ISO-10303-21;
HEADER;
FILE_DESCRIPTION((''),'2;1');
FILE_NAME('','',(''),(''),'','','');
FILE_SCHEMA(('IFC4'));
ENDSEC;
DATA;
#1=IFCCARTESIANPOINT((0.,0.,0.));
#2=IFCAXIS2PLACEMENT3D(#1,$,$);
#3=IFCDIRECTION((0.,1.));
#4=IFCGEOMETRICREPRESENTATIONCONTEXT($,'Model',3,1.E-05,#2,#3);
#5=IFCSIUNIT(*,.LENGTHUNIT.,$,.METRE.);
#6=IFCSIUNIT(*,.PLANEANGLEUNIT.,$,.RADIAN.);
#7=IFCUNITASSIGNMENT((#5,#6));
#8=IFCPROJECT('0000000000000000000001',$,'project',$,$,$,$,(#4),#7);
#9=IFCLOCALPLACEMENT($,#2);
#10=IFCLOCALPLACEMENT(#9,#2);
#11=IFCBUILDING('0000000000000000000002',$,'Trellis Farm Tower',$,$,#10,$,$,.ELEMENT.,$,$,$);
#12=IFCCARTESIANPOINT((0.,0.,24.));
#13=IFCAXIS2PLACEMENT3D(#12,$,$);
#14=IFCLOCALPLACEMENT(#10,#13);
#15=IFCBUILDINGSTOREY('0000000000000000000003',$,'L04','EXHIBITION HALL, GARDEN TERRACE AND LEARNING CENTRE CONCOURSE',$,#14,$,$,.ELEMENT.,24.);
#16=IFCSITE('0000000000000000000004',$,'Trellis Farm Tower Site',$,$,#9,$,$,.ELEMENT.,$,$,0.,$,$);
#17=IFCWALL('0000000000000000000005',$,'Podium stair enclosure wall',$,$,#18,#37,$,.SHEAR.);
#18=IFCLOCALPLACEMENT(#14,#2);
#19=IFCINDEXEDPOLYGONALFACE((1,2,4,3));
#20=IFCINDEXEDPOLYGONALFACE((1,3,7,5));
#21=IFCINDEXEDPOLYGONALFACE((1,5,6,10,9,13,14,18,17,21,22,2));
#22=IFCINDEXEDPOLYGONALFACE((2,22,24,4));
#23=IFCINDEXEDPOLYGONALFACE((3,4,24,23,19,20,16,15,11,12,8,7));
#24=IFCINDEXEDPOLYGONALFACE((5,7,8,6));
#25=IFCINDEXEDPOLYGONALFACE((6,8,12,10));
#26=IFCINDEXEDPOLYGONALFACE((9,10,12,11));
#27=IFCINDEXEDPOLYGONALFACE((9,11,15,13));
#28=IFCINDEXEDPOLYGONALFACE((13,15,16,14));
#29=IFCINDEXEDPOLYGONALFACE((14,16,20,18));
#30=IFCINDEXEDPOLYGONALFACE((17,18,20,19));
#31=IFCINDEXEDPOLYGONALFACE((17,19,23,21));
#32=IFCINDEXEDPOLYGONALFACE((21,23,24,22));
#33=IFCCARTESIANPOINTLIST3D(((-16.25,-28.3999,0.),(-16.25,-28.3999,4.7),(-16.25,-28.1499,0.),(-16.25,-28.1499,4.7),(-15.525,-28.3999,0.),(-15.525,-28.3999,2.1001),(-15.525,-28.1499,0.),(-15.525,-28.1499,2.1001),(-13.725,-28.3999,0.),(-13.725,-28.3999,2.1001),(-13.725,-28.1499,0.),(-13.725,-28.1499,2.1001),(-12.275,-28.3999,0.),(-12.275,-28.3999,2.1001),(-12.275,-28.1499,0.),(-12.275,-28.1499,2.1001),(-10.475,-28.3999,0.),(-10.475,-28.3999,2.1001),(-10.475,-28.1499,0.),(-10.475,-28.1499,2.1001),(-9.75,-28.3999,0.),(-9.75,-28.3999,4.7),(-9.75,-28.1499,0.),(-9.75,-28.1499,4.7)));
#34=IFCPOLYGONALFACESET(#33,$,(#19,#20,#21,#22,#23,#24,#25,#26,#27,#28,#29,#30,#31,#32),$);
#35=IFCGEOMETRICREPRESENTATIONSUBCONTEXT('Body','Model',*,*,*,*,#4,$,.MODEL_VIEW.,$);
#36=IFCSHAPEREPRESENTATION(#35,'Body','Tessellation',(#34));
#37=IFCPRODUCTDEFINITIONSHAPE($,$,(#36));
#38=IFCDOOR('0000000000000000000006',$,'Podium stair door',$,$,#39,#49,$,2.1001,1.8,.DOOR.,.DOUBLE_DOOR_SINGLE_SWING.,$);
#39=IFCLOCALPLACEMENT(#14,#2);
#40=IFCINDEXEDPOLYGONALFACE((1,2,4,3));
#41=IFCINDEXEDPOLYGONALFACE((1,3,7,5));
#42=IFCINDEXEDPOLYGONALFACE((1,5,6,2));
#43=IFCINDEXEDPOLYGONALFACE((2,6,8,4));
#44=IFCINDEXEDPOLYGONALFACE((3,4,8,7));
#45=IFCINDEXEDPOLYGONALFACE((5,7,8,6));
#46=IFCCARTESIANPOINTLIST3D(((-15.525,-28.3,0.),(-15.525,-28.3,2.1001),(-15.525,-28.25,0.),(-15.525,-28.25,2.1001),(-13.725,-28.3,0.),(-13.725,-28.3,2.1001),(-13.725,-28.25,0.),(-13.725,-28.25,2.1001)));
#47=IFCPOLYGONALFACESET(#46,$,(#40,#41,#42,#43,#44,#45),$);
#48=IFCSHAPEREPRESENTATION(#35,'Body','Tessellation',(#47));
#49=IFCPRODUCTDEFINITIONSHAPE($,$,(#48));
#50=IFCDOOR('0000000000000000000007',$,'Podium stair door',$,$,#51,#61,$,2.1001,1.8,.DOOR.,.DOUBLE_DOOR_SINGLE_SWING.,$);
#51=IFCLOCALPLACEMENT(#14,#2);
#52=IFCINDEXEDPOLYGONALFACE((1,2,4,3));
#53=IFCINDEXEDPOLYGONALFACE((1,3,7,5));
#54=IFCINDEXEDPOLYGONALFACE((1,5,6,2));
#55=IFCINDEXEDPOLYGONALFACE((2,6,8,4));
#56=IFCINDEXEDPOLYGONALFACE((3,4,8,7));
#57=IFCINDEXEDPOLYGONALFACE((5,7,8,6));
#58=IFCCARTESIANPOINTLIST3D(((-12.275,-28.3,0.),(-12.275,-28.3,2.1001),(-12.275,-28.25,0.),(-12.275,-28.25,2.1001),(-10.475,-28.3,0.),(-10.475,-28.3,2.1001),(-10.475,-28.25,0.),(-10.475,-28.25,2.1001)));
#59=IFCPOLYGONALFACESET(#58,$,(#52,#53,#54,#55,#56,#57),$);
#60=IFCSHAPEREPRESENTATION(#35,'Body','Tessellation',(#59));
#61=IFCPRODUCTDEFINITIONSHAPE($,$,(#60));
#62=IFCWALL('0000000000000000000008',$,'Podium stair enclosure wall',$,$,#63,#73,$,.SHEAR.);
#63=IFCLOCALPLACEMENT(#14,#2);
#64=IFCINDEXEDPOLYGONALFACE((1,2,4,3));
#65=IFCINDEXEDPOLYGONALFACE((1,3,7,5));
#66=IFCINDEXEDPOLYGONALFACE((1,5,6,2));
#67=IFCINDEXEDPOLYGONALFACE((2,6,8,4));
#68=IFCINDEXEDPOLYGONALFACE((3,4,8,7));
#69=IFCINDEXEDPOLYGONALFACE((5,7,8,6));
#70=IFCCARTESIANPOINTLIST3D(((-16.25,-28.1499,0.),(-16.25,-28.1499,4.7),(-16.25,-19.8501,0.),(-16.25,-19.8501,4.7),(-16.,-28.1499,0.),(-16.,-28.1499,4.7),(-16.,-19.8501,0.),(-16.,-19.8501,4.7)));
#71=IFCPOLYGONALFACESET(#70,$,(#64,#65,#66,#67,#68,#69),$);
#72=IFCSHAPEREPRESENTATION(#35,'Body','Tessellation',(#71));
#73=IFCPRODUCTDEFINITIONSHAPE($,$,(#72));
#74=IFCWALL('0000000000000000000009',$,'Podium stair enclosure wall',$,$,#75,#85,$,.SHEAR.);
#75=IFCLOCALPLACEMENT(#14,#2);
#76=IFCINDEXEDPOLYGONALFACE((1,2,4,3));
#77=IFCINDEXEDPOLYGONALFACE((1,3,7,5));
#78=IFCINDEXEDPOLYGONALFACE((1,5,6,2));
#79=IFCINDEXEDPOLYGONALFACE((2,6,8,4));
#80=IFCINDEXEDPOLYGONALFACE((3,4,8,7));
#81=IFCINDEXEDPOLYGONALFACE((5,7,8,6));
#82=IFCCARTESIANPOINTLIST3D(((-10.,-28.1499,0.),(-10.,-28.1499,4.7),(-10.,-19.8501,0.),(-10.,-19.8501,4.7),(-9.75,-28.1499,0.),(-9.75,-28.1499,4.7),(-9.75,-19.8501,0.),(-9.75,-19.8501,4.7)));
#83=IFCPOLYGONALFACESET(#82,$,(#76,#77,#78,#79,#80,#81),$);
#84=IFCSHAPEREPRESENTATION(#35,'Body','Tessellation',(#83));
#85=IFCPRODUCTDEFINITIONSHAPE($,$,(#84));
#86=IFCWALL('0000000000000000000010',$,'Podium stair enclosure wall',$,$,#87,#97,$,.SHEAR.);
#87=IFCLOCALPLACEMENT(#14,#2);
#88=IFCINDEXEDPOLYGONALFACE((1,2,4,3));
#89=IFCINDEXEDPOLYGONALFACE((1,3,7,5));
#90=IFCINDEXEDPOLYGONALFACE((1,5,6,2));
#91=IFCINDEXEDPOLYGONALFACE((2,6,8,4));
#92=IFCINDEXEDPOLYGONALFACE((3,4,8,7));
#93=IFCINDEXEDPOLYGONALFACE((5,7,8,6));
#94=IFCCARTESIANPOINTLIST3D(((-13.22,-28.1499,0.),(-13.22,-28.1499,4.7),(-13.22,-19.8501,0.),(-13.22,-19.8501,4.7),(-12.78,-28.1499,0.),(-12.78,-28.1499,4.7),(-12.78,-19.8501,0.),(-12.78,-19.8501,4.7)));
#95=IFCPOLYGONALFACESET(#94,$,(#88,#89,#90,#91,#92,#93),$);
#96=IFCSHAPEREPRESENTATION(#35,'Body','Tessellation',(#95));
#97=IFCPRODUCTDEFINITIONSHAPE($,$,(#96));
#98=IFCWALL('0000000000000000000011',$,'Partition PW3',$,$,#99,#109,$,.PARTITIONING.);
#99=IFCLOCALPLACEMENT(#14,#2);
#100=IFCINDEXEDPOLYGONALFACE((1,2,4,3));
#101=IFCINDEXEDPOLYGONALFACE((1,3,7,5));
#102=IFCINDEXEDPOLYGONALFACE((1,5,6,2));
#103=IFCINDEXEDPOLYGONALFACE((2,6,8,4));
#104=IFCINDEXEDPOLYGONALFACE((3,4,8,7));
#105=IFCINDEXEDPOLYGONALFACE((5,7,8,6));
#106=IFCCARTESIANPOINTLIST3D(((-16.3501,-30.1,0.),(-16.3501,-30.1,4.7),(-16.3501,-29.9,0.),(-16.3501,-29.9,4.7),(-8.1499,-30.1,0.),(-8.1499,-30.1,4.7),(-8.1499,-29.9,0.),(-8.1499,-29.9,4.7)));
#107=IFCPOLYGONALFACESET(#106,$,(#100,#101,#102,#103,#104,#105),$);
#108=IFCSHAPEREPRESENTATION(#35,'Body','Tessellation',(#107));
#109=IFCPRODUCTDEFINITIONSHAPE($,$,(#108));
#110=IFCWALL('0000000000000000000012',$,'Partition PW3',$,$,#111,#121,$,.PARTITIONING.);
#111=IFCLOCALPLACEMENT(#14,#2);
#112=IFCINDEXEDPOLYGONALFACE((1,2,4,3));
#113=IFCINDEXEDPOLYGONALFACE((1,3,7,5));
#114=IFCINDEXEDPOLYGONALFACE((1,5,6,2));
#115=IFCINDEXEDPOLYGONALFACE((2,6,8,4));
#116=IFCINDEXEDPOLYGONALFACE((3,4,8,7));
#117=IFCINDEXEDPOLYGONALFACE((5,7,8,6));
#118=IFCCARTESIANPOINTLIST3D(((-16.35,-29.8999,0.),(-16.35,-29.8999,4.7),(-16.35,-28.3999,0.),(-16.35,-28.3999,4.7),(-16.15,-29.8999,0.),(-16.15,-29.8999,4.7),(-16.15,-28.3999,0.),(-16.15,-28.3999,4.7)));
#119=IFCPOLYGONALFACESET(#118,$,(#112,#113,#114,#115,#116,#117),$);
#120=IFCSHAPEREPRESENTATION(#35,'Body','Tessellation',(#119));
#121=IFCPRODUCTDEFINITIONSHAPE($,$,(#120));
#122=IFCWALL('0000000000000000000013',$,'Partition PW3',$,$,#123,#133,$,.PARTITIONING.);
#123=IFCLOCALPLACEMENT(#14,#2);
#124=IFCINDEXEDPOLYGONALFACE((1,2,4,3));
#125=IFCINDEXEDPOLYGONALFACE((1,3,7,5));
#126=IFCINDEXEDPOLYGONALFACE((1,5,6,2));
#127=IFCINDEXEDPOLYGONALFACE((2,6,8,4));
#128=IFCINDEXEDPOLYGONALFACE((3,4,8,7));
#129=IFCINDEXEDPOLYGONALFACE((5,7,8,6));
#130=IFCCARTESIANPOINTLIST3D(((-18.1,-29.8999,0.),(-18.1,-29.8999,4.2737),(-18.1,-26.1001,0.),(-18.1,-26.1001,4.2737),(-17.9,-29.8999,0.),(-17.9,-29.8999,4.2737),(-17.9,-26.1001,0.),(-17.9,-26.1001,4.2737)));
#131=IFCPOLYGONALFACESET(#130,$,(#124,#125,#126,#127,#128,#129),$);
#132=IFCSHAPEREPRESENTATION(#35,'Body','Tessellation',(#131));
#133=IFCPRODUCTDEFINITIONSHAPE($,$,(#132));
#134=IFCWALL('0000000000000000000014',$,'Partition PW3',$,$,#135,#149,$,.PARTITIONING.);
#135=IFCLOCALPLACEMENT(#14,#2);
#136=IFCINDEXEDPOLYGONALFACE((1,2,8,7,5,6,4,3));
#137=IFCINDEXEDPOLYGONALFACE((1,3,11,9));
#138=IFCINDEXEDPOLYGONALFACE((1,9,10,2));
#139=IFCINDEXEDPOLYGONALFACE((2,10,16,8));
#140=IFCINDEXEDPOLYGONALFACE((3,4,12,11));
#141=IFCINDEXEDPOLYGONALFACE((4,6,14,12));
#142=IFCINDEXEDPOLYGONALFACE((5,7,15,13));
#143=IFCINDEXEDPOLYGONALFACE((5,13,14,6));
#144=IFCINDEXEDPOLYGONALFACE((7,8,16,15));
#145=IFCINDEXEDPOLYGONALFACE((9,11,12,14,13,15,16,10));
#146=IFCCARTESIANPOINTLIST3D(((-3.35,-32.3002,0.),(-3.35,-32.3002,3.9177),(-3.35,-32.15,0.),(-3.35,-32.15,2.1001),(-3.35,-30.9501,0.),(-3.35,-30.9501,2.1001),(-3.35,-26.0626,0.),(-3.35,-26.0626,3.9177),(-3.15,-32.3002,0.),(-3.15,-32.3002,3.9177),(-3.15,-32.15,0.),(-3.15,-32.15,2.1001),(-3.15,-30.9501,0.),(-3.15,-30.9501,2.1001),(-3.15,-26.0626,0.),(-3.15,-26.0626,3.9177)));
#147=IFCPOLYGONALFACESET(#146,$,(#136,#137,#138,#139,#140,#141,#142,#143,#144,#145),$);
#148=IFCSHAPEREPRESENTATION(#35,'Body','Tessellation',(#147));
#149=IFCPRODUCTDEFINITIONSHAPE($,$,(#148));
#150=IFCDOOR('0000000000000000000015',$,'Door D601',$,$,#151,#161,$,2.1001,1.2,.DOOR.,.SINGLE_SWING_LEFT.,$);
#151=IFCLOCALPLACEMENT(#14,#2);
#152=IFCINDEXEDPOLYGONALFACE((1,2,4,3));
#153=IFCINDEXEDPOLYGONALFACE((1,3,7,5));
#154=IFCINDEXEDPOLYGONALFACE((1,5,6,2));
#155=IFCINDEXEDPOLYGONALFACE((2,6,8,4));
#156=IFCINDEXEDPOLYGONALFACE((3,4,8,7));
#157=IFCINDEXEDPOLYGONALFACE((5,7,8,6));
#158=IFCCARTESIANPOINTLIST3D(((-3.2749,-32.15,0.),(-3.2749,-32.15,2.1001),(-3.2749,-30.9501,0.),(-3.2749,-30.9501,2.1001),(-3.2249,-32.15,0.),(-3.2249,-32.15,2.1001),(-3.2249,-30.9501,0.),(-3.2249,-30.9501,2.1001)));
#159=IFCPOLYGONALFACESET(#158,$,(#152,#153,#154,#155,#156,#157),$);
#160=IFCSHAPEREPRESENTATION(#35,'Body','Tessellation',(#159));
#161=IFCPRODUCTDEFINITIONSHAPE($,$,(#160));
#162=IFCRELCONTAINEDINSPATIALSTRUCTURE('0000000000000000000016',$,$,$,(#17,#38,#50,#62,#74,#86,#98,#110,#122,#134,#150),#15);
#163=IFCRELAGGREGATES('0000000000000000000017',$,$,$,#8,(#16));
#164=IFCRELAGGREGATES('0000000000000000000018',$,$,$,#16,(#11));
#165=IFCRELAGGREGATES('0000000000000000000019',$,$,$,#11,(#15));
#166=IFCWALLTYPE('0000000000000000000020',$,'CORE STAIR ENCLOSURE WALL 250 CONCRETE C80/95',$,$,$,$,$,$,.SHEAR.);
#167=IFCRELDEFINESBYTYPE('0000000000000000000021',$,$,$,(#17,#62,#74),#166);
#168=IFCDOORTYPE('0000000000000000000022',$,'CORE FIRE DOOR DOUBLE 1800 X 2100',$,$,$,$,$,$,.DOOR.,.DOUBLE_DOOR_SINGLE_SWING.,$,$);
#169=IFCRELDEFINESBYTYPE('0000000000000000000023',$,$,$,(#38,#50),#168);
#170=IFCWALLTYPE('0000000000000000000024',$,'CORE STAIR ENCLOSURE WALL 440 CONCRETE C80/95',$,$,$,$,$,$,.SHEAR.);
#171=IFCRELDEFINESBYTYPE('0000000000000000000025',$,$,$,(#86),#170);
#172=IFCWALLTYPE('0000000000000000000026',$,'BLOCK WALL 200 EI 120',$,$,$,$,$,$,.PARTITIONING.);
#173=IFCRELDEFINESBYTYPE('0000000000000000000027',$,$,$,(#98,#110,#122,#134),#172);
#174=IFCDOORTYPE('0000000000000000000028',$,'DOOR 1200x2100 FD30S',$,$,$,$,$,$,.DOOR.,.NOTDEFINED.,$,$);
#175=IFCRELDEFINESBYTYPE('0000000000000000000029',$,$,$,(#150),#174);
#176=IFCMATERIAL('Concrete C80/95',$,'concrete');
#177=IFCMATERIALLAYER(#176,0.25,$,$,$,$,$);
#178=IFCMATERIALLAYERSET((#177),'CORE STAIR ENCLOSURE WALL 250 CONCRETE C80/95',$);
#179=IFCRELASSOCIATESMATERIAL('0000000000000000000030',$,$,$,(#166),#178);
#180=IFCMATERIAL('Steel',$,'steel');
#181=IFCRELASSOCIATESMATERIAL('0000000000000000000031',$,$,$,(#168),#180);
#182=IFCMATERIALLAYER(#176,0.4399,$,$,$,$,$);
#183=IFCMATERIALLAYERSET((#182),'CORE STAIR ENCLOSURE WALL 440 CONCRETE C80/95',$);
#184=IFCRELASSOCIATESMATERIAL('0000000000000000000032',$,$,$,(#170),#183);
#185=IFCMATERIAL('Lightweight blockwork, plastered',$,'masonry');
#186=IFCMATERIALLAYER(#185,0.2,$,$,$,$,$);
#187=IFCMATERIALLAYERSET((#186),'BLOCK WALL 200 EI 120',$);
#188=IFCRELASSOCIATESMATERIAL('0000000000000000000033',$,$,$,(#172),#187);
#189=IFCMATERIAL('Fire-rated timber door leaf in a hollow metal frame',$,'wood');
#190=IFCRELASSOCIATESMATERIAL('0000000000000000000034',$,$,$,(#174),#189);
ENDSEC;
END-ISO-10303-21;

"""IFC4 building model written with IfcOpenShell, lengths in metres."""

from ifc_helpers import new_model, si_unit, direction, frame, frame_2d, origin, place, context, subcontext, project, spatial, rectangle, extrude, source, transform, mapped, material, layer, layer_set, type_object, element, fill, save


model = new_model("IFC4")

# Units and contexts
model_context = context("Model", 3, precision=1e-05, world=origin(), true_north=direction((0.0, 1.0)))
body_context = subcontext(model_context, "Body", "Model", "MODEL_VIEW")
ifc_project = project(units=[si_unit("LENGTHUNIT", "METRE"), si_unit("PLANEANGLEUNIT", "RADIAN")], contexts=[model_context])

# Site, building, storey
site_placement = place(None, origin())
site = spatial("IfcSite", under=ifc_project, at=site_placement, Name="Trellis Farm Tower Site", CompositionType="ELEMENT", RefElevation=0.0)
building_placement = place(site_placement, origin())
building = spatial("IfcBuilding", under=site, at=building_placement, Name="Trellis Farm Tower", CompositionType="ELEMENT")
storey_placement = place(building_placement, frame((0.0, 0.0, 24.0)))
storey = spatial("IfcBuildingStorey", under=building, at=storey_placement, Name="L04", Description="EXHIBITION HALL, GARDEN TERRACE AND LEARNING CENTRE CONCOURSE", CompositionType="ELEMENT", Elevation=24.0)

# Shared definitions
ifc_material_1 = material(Name="Concrete C80/95", Category="concrete")

# Wall, openings, doors
ifc_layer_1 = layer(ifc_material_1, 0.25)
ifc_layer_set_1 = layer_set([ifc_layer_1], Name="CORE STAIR ENCLOSURE WALL 250 CONCRETE C80/95")
wall_type_1 = type_object("IfcWallType", Name="CORE STAIR ENCLOSURE WALL 250 CONCRETE C80/95", PredefinedType="SHEAR", material=ifc_layer_set_1)
shared_shape_1 = source(origin(), body_context, "Body", "SweptSolid", [
    extrude(rectangle(XDim=6.5, YDim=0.25, at=frame_2d((3.25, 0.0))), origin(), (0.0, 0.0, 1.0), 4.7),
])
wall_1_placement = place(storey_placement, frame((-16.25, -28.2749, 0.0), z_axis=(0.0, 0.0, 1.0), x_axis=(1.0, 0.0, 0.0)))
wall_1 = element("IfcWall", 1, at=wall_1_placement, inside=storey, type_object=wall_type_1, Name="Podium stair enclosure wall", PredefinedType="SHEAR", context=body_context, shape_type="MappedRepresentation", body=[
    mapped(shared_shape_1, transform((0.0, 0.0, 0.0))),
])
shared_shape_2 = source(origin(), body_context, "Body", "SweptSolid", [
    extrude(rectangle(XDim=1.8, YDim=2.1001, at=frame_2d((0.8999, 1.05))), frame((0.0, 0.135, 0.0), z_axis=(0.0, -1.0, 0.0), x_axis=(1.0, 0.0, 0.0)), (0.0, 0.0, 1.0), 0.27),
])
opening_1_placement = place(wall_1_placement, frame((0.7251, 0.0, 0.0)))
opening_1 = element("IfcOpeningElement", 2, at=opening_1_placement, cuts=wall_1, PredefinedType="OPENING", context=body_context, shape_type="MappedRepresentation", body=[
    mapped(shared_shape_2, transform((0.0, 0.0, 0.0))),
])
opening_2_placement = place(wall_1_placement, frame((3.9751, 0.0, 0.0)))
opening_2 = element("IfcOpeningElement", 3, at=opening_2_placement, cuts=wall_1, PredefinedType="OPENING", context=body_context, shape_type="MappedRepresentation", body=[
    mapped(shared_shape_2, transform((0.0, 0.0, 0.0))),
])
ifc_material_2 = material(Name="Steel", Category="steel")
door_type_1 = type_object("IfcDoorType", Name="CORE FIRE DOOR DOUBLE 1800 X 2100", OperationType="DOUBLE_DOOR_SINGLE_SWING", PredefinedType="DOOR", material=ifc_material_2)
shared_shape_3 = source(origin(), body_context, "Body", "SweptSolid", [
    extrude(rectangle(XDim=1.8, YDim=2.1001, at=frame_2d((0.8999, 1.05))), frame((0.0, 0.0249, 0.0), z_axis=(0.0, -1.0, 0.0), x_axis=(1.0, 0.0, 0.0)), (0.0, 0.0, 1.0), 0.05),
])
door_1_placement = place(opening_1_placement, origin())
door_1 = element("IfcDoor", 4, at=door_1_placement, inside=storey, type_object=door_type_1, Name="Podium stair door", OperationType="DOUBLE_DOOR_SINGLE_SWING", OverallHeight=2.1001, OverallWidth=1.8, PredefinedType="DOOR", context=body_context, shape_type="MappedRepresentation", body=[
    mapped(shared_shape_3, transform((0.0, 0.0, 0.0))),
])
fill(opening_1, door_1)
door_2_placement = place(opening_2_placement, origin())
door_2 = element("IfcDoor", 5, at=door_2_placement, inside=storey, type_object=door_type_1, Name="Podium stair door", OperationType="DOUBLE_DOOR_SINGLE_SWING", OverallHeight=2.1001, OverallWidth=1.8, PredefinedType="DOOR", context=body_context, shape_type="MappedRepresentation", body=[
    mapped(shared_shape_3, transform((0.0, 0.0, 0.0))),
])
fill(opening_2, door_2)

# Walls
shared_shape_4 = source(origin(), body_context, "Body", "SweptSolid", [
    extrude(rectangle(XDim=8.2998, YDim=0.25, at=frame_2d((4.1499, 0.0))), origin(), (0.0, 0.0, 1.0), 4.7),
])
for number, where, z_axis, x_axis, name in (
    (6, (-16.125, -28.1499, 0.0), (0.0, 0.0, 1.0), (0.0, 1.0, 0.0), "Podium stair enclosure wall"),
    (7, (-9.875, -28.1499, 0.0), (0.0, 0.0, 1.0), (0.0, 1.0, 0.0), "Podium stair enclosure wall"),
):
    element("IfcWall", number, at=place(storey_placement, frame(where, z_axis=z_axis, x_axis=x_axis)), inside=storey, type_object=wall_type_1, Name=name, PredefinedType="SHEAR", context=body_context, shape_type="MappedRepresentation", body=[
        mapped(shared_shape_4, transform((0.0, 0.0, 0.0))),
    ])
ifc_layer_2 = layer(ifc_material_1, 0.4399)
ifc_layer_set_2 = layer_set([ifc_layer_2], Name="CORE STAIR ENCLOSURE WALL 440 CONCRETE C80/95")
wall_type_2 = type_object("IfcWallType", Name="CORE STAIR ENCLOSURE WALL 440 CONCRETE C80/95", PredefinedType="SHEAR", material=ifc_layer_set_2)
shared_shape_5 = source(origin(), body_context, "Body", "SweptSolid", [
    extrude(rectangle(XDim=8.2998, YDim=0.4399, at=frame_2d((4.1499, 0.0))), origin(), (0.0, 0.0, 1.0), 4.7),
])
wall_2_placement = place(storey_placement, frame((-13.0, -28.1499, 0.0), z_axis=(0.0, 0.0, 1.0), x_axis=(0.0, 1.0, 0.0)))
element("IfcWall", 8, at=wall_2_placement, inside=storey, type_object=wall_type_2, Name="Podium stair enclosure wall", PredefinedType="SHEAR", context=body_context, shape_type="MappedRepresentation", body=[
    mapped(shared_shape_5, transform((0.0, 0.0, 0.0))),
])
ifc_material_3 = material(Name="Lightweight blockwork, plastered", Category="masonry")
ifc_layer_3 = layer(ifc_material_3, 0.2)
ifc_layer_set_3 = layer_set([ifc_layer_3], Name="BLOCK WALL 200 EI 120")
wall_type_3 = type_object("IfcWallType", Name="BLOCK WALL 200 EI 120", PredefinedType="PARTITIONING", material=ifc_layer_set_3)
shared_shape_6 = source(origin(), body_context, "Body", "SweptSolid", [
    extrude(rectangle(XDim=8.2002, YDim=0.2, at=frame_2d((4.1001, 0.0))), origin(), (0.0, 0.0, 1.0), 4.7),
])
wall_3_placement = place(storey_placement, frame((-16.3501, -30.0, 0.0), z_axis=(0.0, 0.0, 1.0), x_axis=(1.0, 0.0, 0.0)))
element("IfcWall", 9, at=wall_3_placement, inside=storey, type_object=wall_type_3, Name="Partition PW3", PredefinedType="PARTITIONING", context=body_context, shape_type="MappedRepresentation", body=[
    mapped(shared_shape_6, transform((0.0, 0.0, 0.0))),
])
shared_shape_7 = source(origin(), body_context, "Body", "SweptSolid", [
    extrude(rectangle(XDim=1.5, YDim=0.2, at=frame_2d((0.75, 0.0))), origin(), (0.0, 0.0, 1.0), 4.7),
])
wall_4_placement = place(storey_placement, frame((-16.25, -29.8999, 0.0), z_axis=(0.0, 0.0, 1.0), x_axis=(0.0, 1.0, 0.0)))
element("IfcWall", 10, at=wall_4_placement, inside=storey, type_object=wall_type_3, Name="Partition PW3", PredefinedType="PARTITIONING", context=body_context, shape_type="MappedRepresentation", body=[
    mapped(shared_shape_7, transform((0.0, 0.0, 0.0))),
])
shared_shape_8 = source(origin(), body_context, "Body", "SweptSolid", [
    extrude(rectangle(XDim=3.7998, YDim=0.2, at=frame_2d((1.8999, 0.0))), origin(), (0.0, 0.0, 1.0), 4.2737),
])
wall_5_placement = place(storey_placement, frame((-18.0, -29.8999, 0.0), z_axis=(0.0, 0.0, 1.0), x_axis=(0.0, 1.0, 0.0)))
element("IfcWall", 11, at=wall_5_placement, inside=storey, type_object=wall_type_3, Name="Partition PW3", PredefinedType="PARTITIONING", context=body_context, shape_type="MappedRepresentation", body=[
    mapped(shared_shape_8, transform((0.0, 0.0, 0.0))),
])

# Wall, opening, door
shared_shape_9 = source(origin(), body_context, "Body", "SweptSolid", [
    extrude(rectangle(XDim=6.2375, YDim=0.2, at=frame_2d((3.1187, 0.0))), origin(), (0.0, 0.0, 1.0), 3.9177),
])
wall_6_placement = place(storey_placement, frame((-3.25, -32.3, 0.0), z_axis=(0.0, 0.0, 1.0), x_axis=(0.0, 1.0, 0.0)))
wall_6 = element("IfcWall", 12, at=wall_6_placement, inside=storey, type_object=wall_type_3, Name="Partition PW3", PredefinedType="PARTITIONING", context=body_context, shape_type="MappedRepresentation", body=[
    mapped(shared_shape_9, transform((0.0, 0.0, 0.0))),
])
shared_shape_10 = source(origin(), body_context, "Body", "SweptSolid", [
    extrude(rectangle(XDim=1.2, YDim=2.1001, at=frame_2d((0.6001, 1.05))), frame((0.0, 0.1101, 0.0), z_axis=(0.0, -1.0, 0.0), x_axis=(1.0, 0.0, 0.0)), (0.0, 0.0, 1.0), 0.2202),
])
opening_3_placement = place(wall_6_placement, frame((0.1499, 0.0, 0.0)))
opening_3 = element("IfcOpeningElement", 13, at=opening_3_placement, cuts=wall_6, PredefinedType="OPENING", context=body_context, shape_type="MappedRepresentation", body=[
    mapped(shared_shape_10, transform((0.0, 0.0, 0.0))),
])
ifc_material_4 = material(Name="Fire-rated timber door leaf in a hollow metal frame", Category="wood")
door_type_2 = type_object("IfcDoorType", Name="DOOR 1200x2100 FD30S", OperationType="NOTDEFINED", PredefinedType="DOOR", material=ifc_material_4)
shared_shape_11 = source(origin(), body_context, "Body", "SweptSolid", [
    extrude(rectangle(XDim=1.2, YDim=2.1001, at=frame_2d((0.6001, 1.05))), frame((0.0, 0.0249, 0.0), z_axis=(0.0, -1.0, 0.0), x_axis=(1.0, 0.0, 0.0)), (0.0, 0.0, 1.0), 0.05),
])
door_3_placement = place(opening_3_placement, origin())
door_3 = element("IfcDoor", 14, at=door_3_placement, inside=storey, type_object=door_type_2, Name="Door D601", OperationType="SINGLE_SWING_LEFT", OverallHeight=2.1001, OverallWidth=1.2, PredefinedType="DOOR", context=body_context, shape_type="MappedRepresentation", body=[
    mapped(shared_shape_11, transform((0.0, 0.0, 0.0))),
])
fill(opening_3, door_3)

save(model, "model.ifc")
